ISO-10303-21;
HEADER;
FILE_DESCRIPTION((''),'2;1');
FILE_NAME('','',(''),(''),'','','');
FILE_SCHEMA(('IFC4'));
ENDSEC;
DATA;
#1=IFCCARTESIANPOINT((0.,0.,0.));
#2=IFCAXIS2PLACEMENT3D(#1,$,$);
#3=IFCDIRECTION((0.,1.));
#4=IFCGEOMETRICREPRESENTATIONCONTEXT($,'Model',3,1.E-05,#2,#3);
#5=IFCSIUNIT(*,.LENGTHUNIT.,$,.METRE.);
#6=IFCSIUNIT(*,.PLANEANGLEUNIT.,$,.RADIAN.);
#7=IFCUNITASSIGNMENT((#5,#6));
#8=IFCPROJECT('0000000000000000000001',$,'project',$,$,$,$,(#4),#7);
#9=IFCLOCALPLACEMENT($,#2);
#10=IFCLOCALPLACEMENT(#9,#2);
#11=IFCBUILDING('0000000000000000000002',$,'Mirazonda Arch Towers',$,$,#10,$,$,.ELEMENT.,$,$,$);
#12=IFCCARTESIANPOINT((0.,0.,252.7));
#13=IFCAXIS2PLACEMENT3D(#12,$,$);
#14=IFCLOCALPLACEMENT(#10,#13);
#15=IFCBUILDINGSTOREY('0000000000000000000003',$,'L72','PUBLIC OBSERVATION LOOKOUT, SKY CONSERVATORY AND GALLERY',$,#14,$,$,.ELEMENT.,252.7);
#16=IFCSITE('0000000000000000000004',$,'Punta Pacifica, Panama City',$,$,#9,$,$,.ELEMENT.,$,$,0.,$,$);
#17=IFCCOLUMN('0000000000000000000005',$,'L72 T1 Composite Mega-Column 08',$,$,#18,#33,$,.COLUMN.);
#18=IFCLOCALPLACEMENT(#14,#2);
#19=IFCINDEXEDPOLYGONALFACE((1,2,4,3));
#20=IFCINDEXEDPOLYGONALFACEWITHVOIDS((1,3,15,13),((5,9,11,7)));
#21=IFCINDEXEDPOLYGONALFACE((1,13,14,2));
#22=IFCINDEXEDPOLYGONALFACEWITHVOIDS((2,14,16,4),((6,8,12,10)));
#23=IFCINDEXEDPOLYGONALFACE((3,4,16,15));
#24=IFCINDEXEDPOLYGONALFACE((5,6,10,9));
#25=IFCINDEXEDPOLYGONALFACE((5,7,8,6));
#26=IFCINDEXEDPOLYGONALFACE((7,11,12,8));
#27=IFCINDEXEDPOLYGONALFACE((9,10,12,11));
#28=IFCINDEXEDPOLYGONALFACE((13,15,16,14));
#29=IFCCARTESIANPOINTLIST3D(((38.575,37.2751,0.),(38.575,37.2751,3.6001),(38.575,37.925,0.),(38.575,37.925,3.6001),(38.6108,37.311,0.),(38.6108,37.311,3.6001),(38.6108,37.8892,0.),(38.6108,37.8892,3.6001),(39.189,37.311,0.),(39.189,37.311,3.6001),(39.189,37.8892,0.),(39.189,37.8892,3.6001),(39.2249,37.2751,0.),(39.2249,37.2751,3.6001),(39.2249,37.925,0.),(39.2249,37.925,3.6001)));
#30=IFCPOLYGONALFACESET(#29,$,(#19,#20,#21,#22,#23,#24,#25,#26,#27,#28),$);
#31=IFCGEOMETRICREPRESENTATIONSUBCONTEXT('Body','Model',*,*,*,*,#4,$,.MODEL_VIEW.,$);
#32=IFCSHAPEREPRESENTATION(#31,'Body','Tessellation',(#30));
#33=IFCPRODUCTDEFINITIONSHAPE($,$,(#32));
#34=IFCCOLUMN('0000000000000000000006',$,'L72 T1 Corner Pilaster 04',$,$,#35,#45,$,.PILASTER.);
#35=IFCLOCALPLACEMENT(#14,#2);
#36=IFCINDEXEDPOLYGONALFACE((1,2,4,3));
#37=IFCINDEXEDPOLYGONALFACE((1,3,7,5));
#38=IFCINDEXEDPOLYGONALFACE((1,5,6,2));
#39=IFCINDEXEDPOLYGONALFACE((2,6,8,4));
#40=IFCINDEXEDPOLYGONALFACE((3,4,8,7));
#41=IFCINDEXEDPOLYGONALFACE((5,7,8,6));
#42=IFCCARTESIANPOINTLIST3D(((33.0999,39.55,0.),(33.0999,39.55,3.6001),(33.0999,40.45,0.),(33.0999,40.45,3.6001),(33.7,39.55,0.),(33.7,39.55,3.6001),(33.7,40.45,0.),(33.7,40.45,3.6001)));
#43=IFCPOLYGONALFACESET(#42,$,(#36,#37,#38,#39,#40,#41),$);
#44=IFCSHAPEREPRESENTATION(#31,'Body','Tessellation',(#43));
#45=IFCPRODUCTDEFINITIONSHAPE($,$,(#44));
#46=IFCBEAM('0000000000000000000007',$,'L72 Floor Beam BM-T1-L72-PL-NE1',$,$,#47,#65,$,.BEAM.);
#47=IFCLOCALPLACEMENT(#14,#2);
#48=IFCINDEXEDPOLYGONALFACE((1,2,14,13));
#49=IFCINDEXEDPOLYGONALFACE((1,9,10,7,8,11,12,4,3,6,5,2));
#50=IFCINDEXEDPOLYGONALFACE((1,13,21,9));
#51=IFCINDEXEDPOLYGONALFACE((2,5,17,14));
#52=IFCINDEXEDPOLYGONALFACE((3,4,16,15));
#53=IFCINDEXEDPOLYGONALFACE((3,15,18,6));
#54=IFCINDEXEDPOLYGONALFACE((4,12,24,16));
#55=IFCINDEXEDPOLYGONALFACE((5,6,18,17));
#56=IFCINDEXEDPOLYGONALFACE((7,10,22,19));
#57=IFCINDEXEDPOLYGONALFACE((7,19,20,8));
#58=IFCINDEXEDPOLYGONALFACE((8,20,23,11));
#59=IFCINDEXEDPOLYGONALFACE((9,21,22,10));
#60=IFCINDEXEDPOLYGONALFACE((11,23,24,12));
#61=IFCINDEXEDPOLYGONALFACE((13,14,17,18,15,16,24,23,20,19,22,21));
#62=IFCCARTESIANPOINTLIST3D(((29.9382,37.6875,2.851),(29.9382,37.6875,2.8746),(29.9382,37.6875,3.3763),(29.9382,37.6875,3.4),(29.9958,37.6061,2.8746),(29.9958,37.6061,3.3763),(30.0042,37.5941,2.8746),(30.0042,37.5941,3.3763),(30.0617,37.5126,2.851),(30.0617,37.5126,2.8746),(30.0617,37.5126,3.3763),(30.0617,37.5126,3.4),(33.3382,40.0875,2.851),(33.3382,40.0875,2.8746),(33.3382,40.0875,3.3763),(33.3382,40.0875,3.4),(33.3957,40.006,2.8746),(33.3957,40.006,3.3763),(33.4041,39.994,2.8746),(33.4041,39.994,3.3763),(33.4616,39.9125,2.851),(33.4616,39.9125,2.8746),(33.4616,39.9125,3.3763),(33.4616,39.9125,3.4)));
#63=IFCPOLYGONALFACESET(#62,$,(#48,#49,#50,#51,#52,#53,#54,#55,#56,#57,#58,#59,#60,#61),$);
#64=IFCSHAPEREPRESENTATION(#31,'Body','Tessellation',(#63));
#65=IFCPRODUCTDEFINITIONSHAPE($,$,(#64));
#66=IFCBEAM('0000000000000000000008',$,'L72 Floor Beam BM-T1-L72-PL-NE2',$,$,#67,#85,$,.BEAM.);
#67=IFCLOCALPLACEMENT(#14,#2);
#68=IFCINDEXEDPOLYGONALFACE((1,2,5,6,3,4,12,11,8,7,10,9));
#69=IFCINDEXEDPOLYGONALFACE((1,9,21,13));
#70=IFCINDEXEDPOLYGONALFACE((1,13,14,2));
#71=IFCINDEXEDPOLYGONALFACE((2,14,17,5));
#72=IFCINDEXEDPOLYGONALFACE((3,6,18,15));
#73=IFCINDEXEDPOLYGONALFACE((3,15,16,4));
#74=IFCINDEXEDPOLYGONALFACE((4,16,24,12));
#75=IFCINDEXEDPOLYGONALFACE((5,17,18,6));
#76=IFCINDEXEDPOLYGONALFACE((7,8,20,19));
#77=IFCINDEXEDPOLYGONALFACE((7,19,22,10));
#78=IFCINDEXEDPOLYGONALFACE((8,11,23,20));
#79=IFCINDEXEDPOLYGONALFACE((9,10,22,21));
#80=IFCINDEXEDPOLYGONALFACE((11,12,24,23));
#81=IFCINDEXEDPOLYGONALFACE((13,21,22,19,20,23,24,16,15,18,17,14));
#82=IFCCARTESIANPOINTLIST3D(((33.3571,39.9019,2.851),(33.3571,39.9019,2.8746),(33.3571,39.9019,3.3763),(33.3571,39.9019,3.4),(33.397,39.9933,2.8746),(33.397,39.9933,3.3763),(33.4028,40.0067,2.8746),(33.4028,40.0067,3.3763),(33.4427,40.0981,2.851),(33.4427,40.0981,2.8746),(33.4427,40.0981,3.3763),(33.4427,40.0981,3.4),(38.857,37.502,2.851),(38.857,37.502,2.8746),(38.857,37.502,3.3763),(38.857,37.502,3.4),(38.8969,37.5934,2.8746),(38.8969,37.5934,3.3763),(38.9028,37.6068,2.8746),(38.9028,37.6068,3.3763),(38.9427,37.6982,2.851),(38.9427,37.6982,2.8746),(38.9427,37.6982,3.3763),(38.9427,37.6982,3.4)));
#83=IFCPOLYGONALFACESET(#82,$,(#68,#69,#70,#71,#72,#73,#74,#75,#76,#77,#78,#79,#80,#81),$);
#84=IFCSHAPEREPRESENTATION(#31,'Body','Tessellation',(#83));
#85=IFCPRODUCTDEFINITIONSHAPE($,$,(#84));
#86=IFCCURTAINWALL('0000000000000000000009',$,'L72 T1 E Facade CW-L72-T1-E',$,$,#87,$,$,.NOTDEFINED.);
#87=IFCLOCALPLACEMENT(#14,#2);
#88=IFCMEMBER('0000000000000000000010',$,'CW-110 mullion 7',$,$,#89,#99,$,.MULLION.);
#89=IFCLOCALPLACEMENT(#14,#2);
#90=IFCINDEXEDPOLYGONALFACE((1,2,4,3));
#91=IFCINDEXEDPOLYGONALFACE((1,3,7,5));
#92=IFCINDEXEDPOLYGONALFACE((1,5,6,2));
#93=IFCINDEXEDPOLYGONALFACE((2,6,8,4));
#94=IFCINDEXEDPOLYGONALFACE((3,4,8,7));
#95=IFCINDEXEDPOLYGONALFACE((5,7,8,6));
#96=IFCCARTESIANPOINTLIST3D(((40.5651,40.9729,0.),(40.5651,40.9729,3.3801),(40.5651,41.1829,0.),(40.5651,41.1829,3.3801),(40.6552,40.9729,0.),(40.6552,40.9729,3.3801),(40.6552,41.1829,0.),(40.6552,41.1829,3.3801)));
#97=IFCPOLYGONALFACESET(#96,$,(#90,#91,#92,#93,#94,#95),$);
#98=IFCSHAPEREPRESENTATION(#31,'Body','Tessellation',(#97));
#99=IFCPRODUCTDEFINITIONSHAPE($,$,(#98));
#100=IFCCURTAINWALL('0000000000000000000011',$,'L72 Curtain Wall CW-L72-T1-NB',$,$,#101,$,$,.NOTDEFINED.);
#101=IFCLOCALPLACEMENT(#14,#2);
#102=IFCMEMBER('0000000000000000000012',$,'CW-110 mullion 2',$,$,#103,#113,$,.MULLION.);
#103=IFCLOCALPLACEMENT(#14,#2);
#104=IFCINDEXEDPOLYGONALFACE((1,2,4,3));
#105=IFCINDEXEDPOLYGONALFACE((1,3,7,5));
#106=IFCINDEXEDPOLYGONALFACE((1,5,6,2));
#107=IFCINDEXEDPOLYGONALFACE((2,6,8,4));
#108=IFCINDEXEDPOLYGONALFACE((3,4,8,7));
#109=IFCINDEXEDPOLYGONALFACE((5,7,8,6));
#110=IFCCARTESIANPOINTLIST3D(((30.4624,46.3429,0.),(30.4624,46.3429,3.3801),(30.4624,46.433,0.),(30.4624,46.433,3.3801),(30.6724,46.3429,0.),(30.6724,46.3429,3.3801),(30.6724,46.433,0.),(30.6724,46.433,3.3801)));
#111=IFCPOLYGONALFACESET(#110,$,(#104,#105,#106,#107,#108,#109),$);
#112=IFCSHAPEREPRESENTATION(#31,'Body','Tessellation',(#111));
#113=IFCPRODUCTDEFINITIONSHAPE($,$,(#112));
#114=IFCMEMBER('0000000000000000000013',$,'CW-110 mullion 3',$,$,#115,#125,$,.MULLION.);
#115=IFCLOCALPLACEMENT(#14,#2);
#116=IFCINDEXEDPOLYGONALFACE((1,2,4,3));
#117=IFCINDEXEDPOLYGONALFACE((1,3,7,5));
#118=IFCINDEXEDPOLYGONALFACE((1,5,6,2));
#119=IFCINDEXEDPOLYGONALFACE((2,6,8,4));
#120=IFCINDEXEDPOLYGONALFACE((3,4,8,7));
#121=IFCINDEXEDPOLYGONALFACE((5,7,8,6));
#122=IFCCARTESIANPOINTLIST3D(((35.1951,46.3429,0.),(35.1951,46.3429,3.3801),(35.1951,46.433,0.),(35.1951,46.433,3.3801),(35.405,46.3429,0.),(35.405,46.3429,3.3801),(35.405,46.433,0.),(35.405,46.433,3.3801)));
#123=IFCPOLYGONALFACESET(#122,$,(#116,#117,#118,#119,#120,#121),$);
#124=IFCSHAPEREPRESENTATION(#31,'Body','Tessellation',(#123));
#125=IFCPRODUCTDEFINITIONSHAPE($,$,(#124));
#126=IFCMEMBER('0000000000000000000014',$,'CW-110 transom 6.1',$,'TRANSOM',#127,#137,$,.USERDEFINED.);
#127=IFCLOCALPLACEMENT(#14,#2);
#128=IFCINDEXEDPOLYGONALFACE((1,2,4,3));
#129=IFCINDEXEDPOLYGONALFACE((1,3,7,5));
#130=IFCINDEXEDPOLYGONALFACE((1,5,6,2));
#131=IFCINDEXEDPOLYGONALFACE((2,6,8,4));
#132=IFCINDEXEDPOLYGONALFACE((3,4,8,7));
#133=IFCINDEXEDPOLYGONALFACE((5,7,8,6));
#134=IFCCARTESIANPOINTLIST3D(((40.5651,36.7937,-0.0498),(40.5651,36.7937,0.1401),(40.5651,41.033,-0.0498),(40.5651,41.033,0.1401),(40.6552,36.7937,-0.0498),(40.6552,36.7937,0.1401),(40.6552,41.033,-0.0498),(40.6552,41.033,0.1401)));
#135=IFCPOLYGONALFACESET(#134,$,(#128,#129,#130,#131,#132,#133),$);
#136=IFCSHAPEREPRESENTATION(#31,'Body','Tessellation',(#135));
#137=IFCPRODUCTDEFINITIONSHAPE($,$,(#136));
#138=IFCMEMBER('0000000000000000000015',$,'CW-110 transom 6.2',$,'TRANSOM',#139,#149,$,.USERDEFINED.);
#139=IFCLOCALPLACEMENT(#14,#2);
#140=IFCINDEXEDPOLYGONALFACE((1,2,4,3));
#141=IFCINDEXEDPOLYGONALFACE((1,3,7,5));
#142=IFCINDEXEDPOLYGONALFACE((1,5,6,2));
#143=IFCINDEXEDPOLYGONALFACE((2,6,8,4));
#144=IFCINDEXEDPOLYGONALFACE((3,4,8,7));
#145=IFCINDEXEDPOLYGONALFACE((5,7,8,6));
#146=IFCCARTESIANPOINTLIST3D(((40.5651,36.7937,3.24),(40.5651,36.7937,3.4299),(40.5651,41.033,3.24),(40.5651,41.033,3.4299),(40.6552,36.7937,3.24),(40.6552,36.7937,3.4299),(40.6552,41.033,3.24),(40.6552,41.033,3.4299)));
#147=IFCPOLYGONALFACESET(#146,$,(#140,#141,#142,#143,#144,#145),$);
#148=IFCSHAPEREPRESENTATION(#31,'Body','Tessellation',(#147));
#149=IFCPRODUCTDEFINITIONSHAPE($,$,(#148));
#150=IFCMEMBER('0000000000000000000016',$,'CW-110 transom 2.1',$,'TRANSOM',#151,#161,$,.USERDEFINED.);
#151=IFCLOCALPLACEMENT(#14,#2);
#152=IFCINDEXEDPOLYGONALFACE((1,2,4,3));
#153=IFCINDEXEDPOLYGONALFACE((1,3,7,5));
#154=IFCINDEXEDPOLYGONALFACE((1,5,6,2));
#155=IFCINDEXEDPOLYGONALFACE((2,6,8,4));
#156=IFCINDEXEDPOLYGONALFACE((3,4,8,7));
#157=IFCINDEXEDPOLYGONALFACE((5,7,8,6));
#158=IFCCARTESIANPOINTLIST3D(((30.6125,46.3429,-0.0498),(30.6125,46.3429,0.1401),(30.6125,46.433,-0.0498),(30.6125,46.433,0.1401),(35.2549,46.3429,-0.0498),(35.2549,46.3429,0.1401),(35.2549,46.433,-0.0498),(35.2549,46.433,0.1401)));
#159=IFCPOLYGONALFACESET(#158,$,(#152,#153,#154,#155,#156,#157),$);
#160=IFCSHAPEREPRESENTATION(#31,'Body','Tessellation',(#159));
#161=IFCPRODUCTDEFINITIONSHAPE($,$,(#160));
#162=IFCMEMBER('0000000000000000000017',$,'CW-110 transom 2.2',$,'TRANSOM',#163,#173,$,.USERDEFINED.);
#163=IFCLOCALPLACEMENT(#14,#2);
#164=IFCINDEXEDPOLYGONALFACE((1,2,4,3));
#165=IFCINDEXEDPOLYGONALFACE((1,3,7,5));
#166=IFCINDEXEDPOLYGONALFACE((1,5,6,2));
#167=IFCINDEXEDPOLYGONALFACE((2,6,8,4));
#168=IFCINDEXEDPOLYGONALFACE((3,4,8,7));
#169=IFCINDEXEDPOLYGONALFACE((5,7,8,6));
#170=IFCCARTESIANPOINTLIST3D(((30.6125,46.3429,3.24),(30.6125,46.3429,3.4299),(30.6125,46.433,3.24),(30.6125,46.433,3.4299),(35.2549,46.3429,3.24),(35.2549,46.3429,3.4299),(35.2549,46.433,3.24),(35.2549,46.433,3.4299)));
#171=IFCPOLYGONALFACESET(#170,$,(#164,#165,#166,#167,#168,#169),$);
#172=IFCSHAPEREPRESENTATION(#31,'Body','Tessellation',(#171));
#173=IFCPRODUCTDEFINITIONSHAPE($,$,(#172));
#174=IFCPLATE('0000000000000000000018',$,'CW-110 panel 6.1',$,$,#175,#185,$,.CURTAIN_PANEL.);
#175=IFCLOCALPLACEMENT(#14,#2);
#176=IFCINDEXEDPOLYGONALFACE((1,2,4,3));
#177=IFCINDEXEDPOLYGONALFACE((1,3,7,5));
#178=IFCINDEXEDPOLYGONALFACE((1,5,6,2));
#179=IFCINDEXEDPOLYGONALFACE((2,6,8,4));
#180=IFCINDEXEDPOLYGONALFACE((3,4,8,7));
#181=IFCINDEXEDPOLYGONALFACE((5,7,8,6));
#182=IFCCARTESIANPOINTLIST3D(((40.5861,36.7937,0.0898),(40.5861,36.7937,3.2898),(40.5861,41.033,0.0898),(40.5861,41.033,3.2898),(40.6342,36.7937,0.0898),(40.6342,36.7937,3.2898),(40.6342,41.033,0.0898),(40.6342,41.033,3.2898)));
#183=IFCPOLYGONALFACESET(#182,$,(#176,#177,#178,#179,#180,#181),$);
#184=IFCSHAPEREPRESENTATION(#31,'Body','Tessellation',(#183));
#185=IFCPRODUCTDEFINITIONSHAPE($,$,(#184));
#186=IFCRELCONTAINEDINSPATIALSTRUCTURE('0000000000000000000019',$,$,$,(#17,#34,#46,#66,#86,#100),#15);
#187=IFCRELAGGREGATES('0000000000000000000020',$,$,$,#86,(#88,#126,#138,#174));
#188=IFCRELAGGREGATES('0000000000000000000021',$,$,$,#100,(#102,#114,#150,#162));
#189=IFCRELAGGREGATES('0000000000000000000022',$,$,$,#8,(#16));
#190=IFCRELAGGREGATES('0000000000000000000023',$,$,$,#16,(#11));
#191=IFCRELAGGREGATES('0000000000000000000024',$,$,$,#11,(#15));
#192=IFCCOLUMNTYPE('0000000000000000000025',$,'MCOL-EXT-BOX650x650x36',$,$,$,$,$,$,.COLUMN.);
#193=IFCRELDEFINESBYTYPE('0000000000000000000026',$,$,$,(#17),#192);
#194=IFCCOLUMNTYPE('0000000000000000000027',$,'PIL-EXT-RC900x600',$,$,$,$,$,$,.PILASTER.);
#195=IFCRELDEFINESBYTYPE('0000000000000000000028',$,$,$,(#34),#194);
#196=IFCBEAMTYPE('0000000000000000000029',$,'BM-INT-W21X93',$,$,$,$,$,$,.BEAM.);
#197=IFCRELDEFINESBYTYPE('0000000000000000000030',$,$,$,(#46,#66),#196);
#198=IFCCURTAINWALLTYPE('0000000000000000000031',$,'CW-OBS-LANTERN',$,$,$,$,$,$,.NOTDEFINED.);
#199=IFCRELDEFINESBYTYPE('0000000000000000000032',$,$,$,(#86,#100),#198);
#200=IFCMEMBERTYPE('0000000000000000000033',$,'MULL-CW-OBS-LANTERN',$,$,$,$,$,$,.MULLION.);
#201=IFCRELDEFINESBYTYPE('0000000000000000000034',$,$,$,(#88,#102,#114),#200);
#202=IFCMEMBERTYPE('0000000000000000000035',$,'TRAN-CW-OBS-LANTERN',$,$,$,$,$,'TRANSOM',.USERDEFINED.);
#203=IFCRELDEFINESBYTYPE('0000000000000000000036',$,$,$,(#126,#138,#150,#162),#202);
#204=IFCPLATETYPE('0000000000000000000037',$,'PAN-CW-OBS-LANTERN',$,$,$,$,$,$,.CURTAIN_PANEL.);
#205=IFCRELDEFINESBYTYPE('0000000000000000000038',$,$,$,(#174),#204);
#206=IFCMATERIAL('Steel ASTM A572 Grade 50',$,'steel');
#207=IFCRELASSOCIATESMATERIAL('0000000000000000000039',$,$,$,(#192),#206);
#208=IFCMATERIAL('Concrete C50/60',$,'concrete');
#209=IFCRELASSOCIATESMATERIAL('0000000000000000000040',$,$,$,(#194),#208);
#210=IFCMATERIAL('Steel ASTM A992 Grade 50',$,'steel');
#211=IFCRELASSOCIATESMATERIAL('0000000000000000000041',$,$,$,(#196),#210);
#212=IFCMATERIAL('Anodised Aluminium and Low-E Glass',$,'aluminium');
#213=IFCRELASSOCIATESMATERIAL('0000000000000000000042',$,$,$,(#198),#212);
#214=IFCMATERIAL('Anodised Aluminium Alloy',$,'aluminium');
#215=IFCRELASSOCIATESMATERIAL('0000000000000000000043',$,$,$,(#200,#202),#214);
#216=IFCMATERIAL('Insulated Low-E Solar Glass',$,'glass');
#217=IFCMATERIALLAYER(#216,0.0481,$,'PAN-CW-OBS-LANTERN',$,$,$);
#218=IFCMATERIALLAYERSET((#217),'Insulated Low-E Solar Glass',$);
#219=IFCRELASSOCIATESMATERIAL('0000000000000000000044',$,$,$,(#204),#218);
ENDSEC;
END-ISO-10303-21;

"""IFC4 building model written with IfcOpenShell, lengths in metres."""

from ifc_helpers import new_model, si_unit, direction, frame, origin, origin_2d, place, context, subcontext, project, spatial, rectangle, hollow_rectangle, i_section, extrude, material, layer, layer_set, material_profile, profile_set, type_object, element, aggregate, save


model = new_model("IFC4")

# Units and contexts
model_context = context("Model", 3, precision=1e-05, world=origin(), true_north=direction((0.0, 1.0)))
body_context = subcontext(model_context, "Body", "Model", "MODEL_VIEW")
ifc_project = project(units=[si_unit("LENGTHUNIT", "METRE"), si_unit("PLANEANGLEUNIT", "RADIAN")], contexts=[model_context])

# Site, building, storey
site_placement = place(None, origin())
site = spatial("IfcSite", under=ifc_project, at=site_placement, Name="Punta Pacifica, Panama City", CompositionType="ELEMENT", RefElevation=0.0)
building_placement = place(site_placement, origin())
building = spatial("IfcBuilding", under=site, at=building_placement, Name="Mirazonda Arch Towers", CompositionType="ELEMENT")
storey_placement = place(building_placement, frame((0.0, 0.0, 252.7)))
storey = spatial("IfcBuildingStorey", under=building, at=storey_placement, Name="L72", Description="PUBLIC OBSERVATION LOOKOUT, SKY CONSERVATORY AND GALLERY", CompositionType="ELEMENT", Elevation=252.7)

# Columns
ifc_material_1 = material(Name="Steel ASTM A572 Grade 50", Category="steel")
ifc_material_profile_1 = material_profile(ifc_material_1, hollow_rectangle(XDim=0.6499, YDim=0.6499, WallThickness=0.0359, at=origin_2d()), Name="BOX650x650x36")
ifc_profile_set_1 = profile_set([ifc_material_profile_1], Name="Steel ASTM A572 Grade 50")
column_type_1 = type_object("IfcColumnType", Name="MCOL-EXT-BOX650x650x36", PredefinedType="COLUMN", material=ifc_profile_set_1)
column_1_placement = place(storey_placement, frame((38.8999, 37.6001, 0.0), z_axis=(0.0, 0.0, 1.0), x_axis=(1.0, 0.0, 0.0)))
element("IfcColumn", 1, at=column_1_placement, inside=storey, type_object=column_type_1, Name="L72 T1 Composite Mega-Column 08", PredefinedType="COLUMN", context=body_context, shape_type="SweptSolid", body=[
    extrude(hollow_rectangle(XDim=0.6499, YDim=0.6499, WallThickness=0.0359, at=origin_2d()), origin(), (0.0, 0.0, 1.0), 3.6001),
])
ifc_material_2 = material(Name="Concrete C50/60", Category="concrete")
ifc_material_profile_2 = material_profile(ifc_material_2, rectangle(XDim=0.6001, YDim=0.8999, at=origin_2d()), Name="RC900x600")
ifc_profile_set_2 = profile_set([ifc_material_profile_2], Name="Concrete C50/60")
column_type_2 = type_object("IfcColumnType", Name="PIL-EXT-RC900x600", PredefinedType="PILASTER", material=ifc_profile_set_2)
column_2_placement = place(storey_placement, frame((33.3999, 40.0, 0.0), z_axis=(0.0, 0.0, 1.0), x_axis=(1.0, 0.0, 0.0)))
element("IfcColumn", 2, at=column_2_placement, inside=storey, type_object=column_type_2, Name="L72 T1 Corner Pilaster 04", PredefinedType="PILASTER", context=body_context, shape_type="SweptSolid", body=[
    extrude(rectangle(XDim=0.6001, YDim=0.8999, at=origin_2d()), origin(), (0.0, 0.0, 1.0), 3.6001),
])

# Beams
ifc_material_3 = material(Name="Steel ASTM A992 Grade 50", Category="steel")
ifc_material_profile_3 = material_profile(ifc_material_3, i_section(OverallWidth=0.2141, OverallDepth=0.5491, WebThickness=0.0146, FlangeThickness=0.0237, at=origin_2d()), Name="W21X93")
ifc_profile_set_3 = profile_set([ifc_material_profile_3], Name="Steel ASTM A992 Grade 50")
beam_type = type_object("IfcBeamType", Name="BM-INT-W21X93", PredefinedType="BEAM", material=ifc_profile_set_3)
beam_1_placement = place(storey_placement, frame((33.3999, 40.0, 3.1255), z_axis=(-0.816971, -0.576679, 0.0), x_axis=(0.576679, -0.816971, 0.0)))
element("IfcBeam", 3, at=beam_1_placement, inside=storey, type_object=beam_type, Name="L72 Floor Beam BM-T1-L72-PL-NE1", PredefinedType="BEAM", context=body_context, shape_type="SweptSolid", body=[
    extrude(i_section(OverallWidth=0.2141, OverallDepth=0.5491, WebThickness=0.0146, FlangeThickness=0.0237, at=origin_2d()), origin(), (0.0, 0.0, 1.0), 4.1616),
])
beam_2_placement = place(storey_placement, frame((33.3999, 40.0, 3.1255), z_axis=(0.916545, -0.399931, 0.0), x_axis=(0.399931, 0.916545, 0.0)))
element("IfcBeam", 4, at=beam_2_placement, inside=storey, type_object=beam_type, Name="L72 Floor Beam BM-T1-L72-PL-NE2", PredefinedType="BEAM", context=body_context, shape_type="SweptSolid", body=[
    extrude(i_section(OverallWidth=0.2141, OverallDepth=0.5491, WebThickness=0.0146, FlangeThickness=0.0237, at=origin_2d()), origin(), (0.0, 0.0, 1.0), 6.0007),
])

# Curtain wall, member
ifc_material_4 = material(Name="Anodised Aluminium and Low-E Glass", Category="aluminium")
curtain_wall_type = type_object("IfcCurtainWallType", Name="CW-OBS-LANTERN", PredefinedType="NOTDEFINED", material=ifc_material_4)
curtain_wall_1_placement = place(storey_placement, origin())
curtain_wall_1 = element("IfcCurtainWall", 5, at=curtain_wall_1_placement, inside=storey, type_object=curtain_wall_type, Name="L72 T1 E Facade CW-L72-T1-E", PredefinedType="NOTDEFINED")
ifc_material_5 = material(Name="Anodised Aluminium Alloy", Category="aluminium")
ifc_material_profile_4 = material_profile(ifc_material_5, rectangle(XDim=0.0901, YDim=0.21, at=origin_2d()), Name="ALU-MULL-90x210")
ifc_profile_set_4 = profile_set([ifc_material_profile_4], Name="Anodised Aluminium Alloy")
member_type_1 = type_object("IfcMemberType", Name="MULL-CW-OBS-LANTERN", PredefinedType="MULLION", material=ifc_profile_set_4)
member_1_placement = place(storey_placement, frame((40.6101, 41.0779, 0.0), z_axis=(0.0, 0.0, 1.0), x_axis=(-1.0, 0.0, 0.0)))
member_1 = element("IfcMember", 6, at=member_1_placement, type_object=member_type_1, Name="CW-110 mullion 7", PredefinedType="MULLION", context=body_context, shape_type="SweptSolid", body=[
    extrude(rectangle(XDim=0.0901, YDim=0.21, at=origin_2d()), origin(), (0.0, 0.0, 1.0), 3.3801),
])

# Curtain wall, members
curtain_wall_2_placement = place(storey_placement, origin())
curtain_wall_2 = element("IfcCurtainWall", 7, at=curtain_wall_2_placement, inside=storey, type_object=curtain_wall_type, Name="L72 Curtain Wall CW-L72-T1-NB", PredefinedType="NOTDEFINED")
member_2_placement = place(storey_placement, frame((30.5674, 46.3879, 0.0), z_axis=(0.0, 0.0, 1.0), x_axis=(0.0, 1.0, 0.0)))
member_2 = element("IfcMember", 8, at=member_2_placement, type_object=member_type_1, Name="CW-110 mullion 2", PredefinedType="MULLION", context=body_context, shape_type="SweptSolid", body=[
    extrude(rectangle(XDim=0.0901, YDim=0.21, at=origin_2d()), origin(), (0.0, 0.0, 1.0), 3.3801),
])
member_3_placement = place(storey_placement, frame((35.3, 46.3879, 0.0), z_axis=(0.0, 0.0, 1.0), x_axis=(0.0, 1.0, 0.0)))
member_3 = element("IfcMember", 9, at=member_3_placement, type_object=member_type_1, Name="CW-110 mullion 3", PredefinedType="MULLION", context=body_context, shape_type="SweptSolid", body=[
    extrude(rectangle(XDim=0.0901, YDim=0.21, at=origin_2d()), origin(), (0.0, 0.0, 1.0), 3.3801),
])

# Members
ifc_material_profile_5 = material_profile(ifc_material_5, rectangle(XDim=0.0901, YDim=0.1899, at=origin_2d()), Name="ALU-TRAN-90x190")
ifc_profile_set_5 = profile_set([ifc_material_profile_5], Name="Anodised Aluminium Alloy")
member_type_2 = type_object("IfcMemberType", Name="TRAN-CW-OBS-LANTERN", ElementType="TRANSOM", PredefinedType="USERDEFINED", material=ifc_profile_set_5)
member_4_placement = place(storey_placement, frame((40.6101, 36.7937, 0.0452), z_axis=(0.0, 1.0, 0.0), x_axis=(-1.0, 0.0, 0.0)))
member_4 = element("IfcMember", 10, at=member_4_placement, type_object=member_type_2, Name="CW-110 transom 6.1", ObjectType="TRANSOM", PredefinedType="USERDEFINED", context=body_context, shape_type="SweptSolid", body=[
    extrude(rectangle(XDim=0.0901, YDim=0.1899, at=origin_2d()), origin(), (0.0, 0.0, 1.0), 4.2393),
])
member_5_placement = place(storey_placement, frame((40.6101, 36.7937, 3.335), z_axis=(0.0, 1.0, 0.0), x_axis=(-1.0, 0.0, 0.0)))
member_5 = element("IfcMember", 11, at=member_5_placement, type_object=member_type_2, Name="CW-110 transom 6.2", ObjectType="TRANSOM", PredefinedType="USERDEFINED", context=body_context, shape_type="SweptSolid", body=[
    extrude(rectangle(XDim=0.0901, YDim=0.1899, at=origin_2d()), origin(), (0.0, 0.0, 1.0), 4.2393),
])
member_6_placement = place(storey_placement, frame((30.6125, 46.3879, 0.0452), z_axis=(1.0, 0.0, 0.0), x_axis=(0.0, 1.0, 0.0)))
member_6 = element("IfcMember", 12, at=member_6_placement, type_object=member_type_2, Name="CW-110 transom 2.1", ObjectType="TRANSOM", PredefinedType="USERDEFINED", context=body_context, shape_type="SweptSolid", body=[
    extrude(rectangle(XDim=0.0901, YDim=0.1899, at=origin_2d()), origin(), (0.0, 0.0, 1.0), 4.6423),
])
member_7_placement = place(storey_placement, frame((30.6125, 46.3879, 3.335), z_axis=(1.0, 0.0, 0.0), x_axis=(0.0, 1.0, 0.0)))
member_7 = element("IfcMember", 13, at=member_7_placement, type_object=member_type_2, Name="CW-110 transom 2.2", ObjectType="TRANSOM", PredefinedType="USERDEFINED", context=body_context, shape_type="SweptSolid", body=[
    extrude(rectangle(XDim=0.0901, YDim=0.1899, at=origin_2d()), origin(), (0.0, 0.0, 1.0), 4.6423),
])

# Plate
ifc_material_6 = material(Name="Insulated Low-E Solar Glass", Category="glass")
ifc_layer_1 = layer(ifc_material_6, 0.0481, Name="PAN-CW-OBS-LANTERN")
ifc_layer_set_1 = layer_set([ifc_layer_1], Name="Insulated Low-E Solar Glass")
plate_type = type_object("IfcPlateType", Name="PAN-CW-OBS-LANTERN", PredefinedType="CURTAIN_PANEL", material=ifc_layer_set_1)
plate_1_placement = place(storey_placement, frame((40.6101, 38.9133, 0.0898), z_axis=(0.0, 0.0, 1.0), x_axis=(0.0, 1.0, 0.0)))
plate_1 = element("IfcPlate", 14, at=plate_1_placement, type_object=plate_type, Name="CW-110 panel 6.1", PredefinedType="CURTAIN_PANEL", context=body_context, shape_type="SweptSolid", body=[
    extrude(rectangle(XDim=4.2393, YDim=0.0481, at=origin_2d()), origin(), (0.0, 0.0, 1.0), 3.2),
])
aggregate(curtain_wall_1, [member_1, member_4, member_5, plate_1])
aggregate(curtain_wall_2, [member_2, member_3, member_6, member_7])

save(model, "model.ifc")
